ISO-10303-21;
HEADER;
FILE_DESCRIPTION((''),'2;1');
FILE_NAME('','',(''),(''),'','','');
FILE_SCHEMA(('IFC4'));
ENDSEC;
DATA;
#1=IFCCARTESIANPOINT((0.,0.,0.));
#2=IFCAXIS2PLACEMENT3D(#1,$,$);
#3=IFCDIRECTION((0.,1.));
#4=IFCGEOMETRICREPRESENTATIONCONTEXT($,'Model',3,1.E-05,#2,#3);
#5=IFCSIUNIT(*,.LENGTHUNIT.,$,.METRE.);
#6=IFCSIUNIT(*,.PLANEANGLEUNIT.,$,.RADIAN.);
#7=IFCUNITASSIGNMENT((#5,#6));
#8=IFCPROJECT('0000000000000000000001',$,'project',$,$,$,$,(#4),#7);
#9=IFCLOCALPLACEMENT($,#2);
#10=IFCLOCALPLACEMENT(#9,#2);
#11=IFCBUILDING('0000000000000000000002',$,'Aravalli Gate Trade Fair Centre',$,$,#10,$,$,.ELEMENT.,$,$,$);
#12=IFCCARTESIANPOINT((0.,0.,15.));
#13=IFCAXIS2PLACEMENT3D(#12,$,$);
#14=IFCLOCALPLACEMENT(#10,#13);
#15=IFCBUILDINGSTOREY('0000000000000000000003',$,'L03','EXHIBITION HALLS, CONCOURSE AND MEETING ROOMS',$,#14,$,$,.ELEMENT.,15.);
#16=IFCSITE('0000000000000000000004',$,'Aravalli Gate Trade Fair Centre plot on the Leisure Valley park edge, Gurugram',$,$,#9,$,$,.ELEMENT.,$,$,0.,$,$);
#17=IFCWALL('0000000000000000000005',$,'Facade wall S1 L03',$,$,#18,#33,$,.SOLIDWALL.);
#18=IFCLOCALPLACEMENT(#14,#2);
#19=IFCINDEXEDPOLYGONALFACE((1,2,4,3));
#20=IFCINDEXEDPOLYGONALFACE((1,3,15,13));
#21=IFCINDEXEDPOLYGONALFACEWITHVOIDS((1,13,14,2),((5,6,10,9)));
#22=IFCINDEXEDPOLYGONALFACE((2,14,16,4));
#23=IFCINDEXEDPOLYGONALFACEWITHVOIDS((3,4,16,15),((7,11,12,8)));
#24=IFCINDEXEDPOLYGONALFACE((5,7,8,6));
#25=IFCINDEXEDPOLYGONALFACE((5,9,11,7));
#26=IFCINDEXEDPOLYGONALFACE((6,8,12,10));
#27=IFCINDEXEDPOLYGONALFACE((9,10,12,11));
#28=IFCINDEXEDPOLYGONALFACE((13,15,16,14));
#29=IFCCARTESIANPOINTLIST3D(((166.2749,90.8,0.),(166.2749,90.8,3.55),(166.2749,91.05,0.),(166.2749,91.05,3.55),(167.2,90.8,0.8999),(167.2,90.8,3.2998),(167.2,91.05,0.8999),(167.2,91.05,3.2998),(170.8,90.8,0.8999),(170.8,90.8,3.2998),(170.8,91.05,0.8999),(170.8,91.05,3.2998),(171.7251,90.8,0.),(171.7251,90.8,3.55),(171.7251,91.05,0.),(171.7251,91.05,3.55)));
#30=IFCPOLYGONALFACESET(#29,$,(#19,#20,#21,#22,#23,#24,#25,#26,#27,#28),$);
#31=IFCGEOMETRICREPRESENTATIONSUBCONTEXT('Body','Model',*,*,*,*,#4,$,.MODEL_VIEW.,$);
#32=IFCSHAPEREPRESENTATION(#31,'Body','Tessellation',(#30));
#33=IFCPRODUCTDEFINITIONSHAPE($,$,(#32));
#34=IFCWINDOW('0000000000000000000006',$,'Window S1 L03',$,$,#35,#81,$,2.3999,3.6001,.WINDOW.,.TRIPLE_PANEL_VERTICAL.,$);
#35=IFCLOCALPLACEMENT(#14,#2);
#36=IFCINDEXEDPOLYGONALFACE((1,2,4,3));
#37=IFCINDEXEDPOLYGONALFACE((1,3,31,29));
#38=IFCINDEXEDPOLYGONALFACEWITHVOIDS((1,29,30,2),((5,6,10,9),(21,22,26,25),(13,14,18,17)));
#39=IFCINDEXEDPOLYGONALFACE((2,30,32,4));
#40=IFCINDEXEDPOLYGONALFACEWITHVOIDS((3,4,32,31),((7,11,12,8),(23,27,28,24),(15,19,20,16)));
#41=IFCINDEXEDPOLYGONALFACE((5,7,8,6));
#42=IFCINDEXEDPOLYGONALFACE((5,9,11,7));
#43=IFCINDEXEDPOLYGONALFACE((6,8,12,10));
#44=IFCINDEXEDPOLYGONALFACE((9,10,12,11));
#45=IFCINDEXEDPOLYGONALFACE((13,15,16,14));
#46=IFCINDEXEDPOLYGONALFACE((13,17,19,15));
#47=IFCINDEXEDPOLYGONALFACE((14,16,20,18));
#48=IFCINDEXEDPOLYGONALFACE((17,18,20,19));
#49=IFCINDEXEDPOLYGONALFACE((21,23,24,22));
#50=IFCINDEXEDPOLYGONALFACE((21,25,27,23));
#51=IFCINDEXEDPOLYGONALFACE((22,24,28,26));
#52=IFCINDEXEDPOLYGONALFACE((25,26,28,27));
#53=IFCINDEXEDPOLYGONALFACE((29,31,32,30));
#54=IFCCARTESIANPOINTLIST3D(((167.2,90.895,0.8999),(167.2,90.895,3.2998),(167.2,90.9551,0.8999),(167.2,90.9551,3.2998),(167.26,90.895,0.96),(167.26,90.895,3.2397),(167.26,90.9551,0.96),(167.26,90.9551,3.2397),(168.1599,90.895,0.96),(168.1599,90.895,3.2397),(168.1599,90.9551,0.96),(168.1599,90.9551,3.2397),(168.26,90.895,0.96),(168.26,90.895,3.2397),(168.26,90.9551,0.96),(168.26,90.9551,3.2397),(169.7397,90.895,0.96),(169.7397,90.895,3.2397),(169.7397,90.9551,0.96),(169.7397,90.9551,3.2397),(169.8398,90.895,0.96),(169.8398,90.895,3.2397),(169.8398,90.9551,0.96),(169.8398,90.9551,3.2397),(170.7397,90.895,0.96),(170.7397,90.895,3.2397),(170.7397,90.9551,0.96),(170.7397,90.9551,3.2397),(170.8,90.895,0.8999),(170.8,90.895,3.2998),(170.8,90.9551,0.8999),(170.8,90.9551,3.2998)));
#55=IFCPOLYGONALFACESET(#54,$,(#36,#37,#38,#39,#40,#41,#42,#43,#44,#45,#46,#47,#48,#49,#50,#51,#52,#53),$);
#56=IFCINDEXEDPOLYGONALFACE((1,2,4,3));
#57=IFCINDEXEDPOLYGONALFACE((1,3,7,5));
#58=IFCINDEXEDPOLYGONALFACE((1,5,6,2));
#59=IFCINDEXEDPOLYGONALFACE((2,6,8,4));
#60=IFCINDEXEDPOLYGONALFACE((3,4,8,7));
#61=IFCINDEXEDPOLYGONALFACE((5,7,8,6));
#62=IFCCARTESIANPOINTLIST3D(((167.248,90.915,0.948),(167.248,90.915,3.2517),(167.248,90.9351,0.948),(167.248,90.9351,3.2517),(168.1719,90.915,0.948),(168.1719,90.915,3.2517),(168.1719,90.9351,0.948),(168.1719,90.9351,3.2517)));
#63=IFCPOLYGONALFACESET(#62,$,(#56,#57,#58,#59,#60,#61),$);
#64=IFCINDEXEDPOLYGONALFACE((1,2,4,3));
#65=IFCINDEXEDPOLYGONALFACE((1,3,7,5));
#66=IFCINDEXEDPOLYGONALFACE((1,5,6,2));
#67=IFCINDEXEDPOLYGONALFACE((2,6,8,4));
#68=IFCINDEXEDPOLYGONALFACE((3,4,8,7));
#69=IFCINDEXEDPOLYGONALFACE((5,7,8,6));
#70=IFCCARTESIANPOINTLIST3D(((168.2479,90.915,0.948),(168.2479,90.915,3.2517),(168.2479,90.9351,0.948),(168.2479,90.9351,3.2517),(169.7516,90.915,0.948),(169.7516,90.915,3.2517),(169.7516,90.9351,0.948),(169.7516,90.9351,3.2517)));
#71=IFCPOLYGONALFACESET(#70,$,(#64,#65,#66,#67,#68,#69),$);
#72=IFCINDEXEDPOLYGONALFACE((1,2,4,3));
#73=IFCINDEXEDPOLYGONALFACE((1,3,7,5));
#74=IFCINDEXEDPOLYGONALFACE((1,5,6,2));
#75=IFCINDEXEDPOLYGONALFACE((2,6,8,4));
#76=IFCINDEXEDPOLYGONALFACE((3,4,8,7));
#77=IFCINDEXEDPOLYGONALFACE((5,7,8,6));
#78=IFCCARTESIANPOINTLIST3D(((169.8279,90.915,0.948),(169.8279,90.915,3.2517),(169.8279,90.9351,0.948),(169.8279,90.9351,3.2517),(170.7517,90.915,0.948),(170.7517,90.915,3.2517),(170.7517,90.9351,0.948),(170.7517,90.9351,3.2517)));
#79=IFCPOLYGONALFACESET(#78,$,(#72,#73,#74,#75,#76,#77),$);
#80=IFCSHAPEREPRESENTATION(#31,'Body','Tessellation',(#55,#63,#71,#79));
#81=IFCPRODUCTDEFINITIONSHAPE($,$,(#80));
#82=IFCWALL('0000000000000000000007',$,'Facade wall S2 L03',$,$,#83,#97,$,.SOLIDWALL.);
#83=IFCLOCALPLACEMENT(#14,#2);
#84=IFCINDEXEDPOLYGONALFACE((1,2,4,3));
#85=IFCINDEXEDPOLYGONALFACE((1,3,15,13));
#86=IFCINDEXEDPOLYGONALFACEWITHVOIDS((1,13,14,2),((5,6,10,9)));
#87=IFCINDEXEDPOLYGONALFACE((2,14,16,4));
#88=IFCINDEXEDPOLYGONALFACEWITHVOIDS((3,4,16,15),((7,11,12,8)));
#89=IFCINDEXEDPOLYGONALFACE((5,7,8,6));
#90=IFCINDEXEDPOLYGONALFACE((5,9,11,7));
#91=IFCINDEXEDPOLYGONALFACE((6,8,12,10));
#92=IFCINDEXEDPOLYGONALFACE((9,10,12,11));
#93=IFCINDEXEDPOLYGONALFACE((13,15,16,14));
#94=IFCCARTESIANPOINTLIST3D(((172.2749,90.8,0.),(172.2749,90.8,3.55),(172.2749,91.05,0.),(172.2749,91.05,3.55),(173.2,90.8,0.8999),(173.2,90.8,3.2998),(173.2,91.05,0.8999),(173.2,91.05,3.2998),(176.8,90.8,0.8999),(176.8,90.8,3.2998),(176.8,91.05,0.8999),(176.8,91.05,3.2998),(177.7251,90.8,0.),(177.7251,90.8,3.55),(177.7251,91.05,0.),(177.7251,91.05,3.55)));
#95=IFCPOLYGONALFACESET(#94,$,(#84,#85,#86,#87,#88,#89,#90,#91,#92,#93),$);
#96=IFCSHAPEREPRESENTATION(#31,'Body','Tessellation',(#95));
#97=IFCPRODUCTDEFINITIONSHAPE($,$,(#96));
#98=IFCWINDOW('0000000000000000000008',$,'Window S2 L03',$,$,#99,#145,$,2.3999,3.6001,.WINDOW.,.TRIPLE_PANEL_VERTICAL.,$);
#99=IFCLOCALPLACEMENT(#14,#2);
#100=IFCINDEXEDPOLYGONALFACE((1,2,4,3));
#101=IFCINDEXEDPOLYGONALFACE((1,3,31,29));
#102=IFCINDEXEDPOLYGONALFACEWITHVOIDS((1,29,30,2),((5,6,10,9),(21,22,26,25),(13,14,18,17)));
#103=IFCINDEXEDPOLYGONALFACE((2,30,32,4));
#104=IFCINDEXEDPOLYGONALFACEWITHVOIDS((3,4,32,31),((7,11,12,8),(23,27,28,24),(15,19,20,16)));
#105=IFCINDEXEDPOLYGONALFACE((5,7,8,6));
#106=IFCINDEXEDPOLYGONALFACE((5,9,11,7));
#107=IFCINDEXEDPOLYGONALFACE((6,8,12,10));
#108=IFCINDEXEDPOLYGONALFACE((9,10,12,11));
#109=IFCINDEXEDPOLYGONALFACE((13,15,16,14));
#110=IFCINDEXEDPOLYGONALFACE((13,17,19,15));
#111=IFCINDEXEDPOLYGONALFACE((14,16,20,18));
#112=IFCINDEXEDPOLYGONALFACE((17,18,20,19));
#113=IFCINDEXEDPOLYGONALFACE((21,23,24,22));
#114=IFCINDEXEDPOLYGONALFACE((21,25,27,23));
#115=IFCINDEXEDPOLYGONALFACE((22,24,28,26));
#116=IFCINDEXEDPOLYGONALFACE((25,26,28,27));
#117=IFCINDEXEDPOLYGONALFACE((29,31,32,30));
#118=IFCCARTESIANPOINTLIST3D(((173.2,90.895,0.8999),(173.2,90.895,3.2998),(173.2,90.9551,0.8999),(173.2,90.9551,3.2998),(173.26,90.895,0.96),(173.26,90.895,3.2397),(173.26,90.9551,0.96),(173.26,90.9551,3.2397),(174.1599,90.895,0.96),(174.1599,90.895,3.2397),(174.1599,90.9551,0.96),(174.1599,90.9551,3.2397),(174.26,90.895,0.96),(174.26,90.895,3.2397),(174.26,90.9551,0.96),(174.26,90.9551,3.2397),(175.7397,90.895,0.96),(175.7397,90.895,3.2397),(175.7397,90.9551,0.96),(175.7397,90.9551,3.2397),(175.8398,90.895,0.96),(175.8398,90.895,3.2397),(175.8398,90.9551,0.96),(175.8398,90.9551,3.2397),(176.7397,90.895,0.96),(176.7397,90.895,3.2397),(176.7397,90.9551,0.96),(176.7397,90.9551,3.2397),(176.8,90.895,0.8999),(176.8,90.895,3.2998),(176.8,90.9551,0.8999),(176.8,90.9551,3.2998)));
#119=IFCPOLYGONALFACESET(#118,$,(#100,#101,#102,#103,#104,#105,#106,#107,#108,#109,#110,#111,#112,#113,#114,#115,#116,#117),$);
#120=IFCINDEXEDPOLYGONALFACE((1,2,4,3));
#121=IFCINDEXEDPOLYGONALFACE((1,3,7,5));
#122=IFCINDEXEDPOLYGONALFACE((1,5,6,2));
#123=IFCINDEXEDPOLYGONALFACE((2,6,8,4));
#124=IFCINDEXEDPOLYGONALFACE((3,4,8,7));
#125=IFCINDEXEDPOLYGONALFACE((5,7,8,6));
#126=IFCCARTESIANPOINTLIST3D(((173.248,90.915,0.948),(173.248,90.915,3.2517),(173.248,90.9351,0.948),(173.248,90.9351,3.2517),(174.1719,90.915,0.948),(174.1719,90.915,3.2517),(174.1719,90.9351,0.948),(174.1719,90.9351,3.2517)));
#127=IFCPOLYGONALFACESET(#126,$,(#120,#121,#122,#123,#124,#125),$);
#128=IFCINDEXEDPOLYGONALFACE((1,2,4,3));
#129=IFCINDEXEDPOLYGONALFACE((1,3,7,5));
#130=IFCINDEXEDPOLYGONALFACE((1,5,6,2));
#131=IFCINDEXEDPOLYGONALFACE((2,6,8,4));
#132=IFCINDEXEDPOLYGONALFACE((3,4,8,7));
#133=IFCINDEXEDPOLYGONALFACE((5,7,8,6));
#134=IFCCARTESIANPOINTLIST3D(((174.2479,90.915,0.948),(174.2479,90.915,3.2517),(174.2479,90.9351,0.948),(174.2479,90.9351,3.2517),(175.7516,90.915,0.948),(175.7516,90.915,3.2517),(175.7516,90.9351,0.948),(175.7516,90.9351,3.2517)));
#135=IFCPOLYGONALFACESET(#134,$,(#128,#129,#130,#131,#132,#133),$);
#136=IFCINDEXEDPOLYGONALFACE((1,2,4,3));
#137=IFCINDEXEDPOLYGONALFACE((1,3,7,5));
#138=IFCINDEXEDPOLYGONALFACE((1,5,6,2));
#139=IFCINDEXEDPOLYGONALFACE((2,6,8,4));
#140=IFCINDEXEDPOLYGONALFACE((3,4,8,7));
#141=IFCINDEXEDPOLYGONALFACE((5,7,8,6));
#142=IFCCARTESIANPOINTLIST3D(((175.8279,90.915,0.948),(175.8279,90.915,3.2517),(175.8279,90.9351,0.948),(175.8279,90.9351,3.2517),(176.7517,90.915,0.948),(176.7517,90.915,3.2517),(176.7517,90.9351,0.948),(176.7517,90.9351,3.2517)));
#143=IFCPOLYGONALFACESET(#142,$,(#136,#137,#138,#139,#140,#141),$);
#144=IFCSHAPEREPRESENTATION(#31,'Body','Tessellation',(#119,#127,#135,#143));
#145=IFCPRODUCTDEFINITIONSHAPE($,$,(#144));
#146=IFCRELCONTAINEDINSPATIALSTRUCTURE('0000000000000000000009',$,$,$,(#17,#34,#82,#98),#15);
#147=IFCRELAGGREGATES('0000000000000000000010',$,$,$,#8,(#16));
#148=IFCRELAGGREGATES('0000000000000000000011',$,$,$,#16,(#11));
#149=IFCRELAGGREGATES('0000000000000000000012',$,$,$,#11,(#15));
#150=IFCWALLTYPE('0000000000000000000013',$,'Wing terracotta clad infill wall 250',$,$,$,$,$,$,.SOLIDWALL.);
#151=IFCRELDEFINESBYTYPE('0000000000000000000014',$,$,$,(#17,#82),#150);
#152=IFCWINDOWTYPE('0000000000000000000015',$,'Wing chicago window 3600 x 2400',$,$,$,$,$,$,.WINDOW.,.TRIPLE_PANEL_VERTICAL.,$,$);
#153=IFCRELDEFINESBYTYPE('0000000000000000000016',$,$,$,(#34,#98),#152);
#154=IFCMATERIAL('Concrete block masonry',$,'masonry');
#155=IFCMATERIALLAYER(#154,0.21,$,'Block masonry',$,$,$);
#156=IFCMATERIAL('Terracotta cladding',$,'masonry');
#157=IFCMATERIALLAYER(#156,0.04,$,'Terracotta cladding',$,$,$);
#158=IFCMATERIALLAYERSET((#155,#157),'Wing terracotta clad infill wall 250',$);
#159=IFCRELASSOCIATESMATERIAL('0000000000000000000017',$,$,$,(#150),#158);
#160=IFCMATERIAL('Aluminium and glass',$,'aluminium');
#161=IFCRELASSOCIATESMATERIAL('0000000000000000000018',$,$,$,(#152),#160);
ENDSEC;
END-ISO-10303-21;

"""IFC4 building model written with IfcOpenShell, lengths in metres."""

from ifc_helpers import new_model, si_unit, direction, frame, frame_2d, origin, place, context, subcontext, project, spatial, polyline, rectangle, outline, extrude, material, layer, layer_set, type_object, element, fill, save


model = new_model("IFC4")

# Units and contexts
model_context = context("Model", 3, precision=1e-05, world=origin(), true_north=direction((0.0, 1.0)))
body_context = subcontext(model_context, "Body", "Model", "MODEL_VIEW")
ifc_project = project(units=[si_unit("LENGTHUNIT", "METRE"), si_unit("PLANEANGLEUNIT", "RADIAN")], contexts=[model_context])

# Site, building, storey
site_placement = place(None, origin())
site = spatial("IfcSite", under=ifc_project, at=site_placement, Name="Aravalli Gate Trade Fair Centre plot on the Leisure Valley park edge, Gurugram", CompositionType="ELEMENT", RefElevation=0.0)
building_placement = place(site_placement, origin())
building = spatial("IfcBuilding", under=site, at=building_placement, Name="Aravalli Gate Trade Fair Centre", CompositionType="ELEMENT")
storey_placement = place(building_placement, frame((0.0, 0.0, 15.0)))
storey = spatial("IfcBuildingStorey", under=building, at=storey_placement, Name="L03", Description="EXHIBITION HALLS, CONCOURSE AND MEETING ROOMS", CompositionType="ELEMENT", Elevation=15.0)

# Walls, openings, windows
ifc_material_1 = material(Name="Concrete block masonry", Category="masonry")
ifc_layer_1 = layer(ifc_material_1, 0.21, Name="Block masonry")
ifc_material_2 = material(Name="Terracotta cladding", Category="masonry")
ifc_layer_2 = layer(ifc_material_2, 0.04, Name="Terracotta cladding")
ifc_layer_set_1 = layer_set([ifc_layer_1, ifc_layer_2], Name="Wing terracotta clad infill wall 250")
wall_type = type_object("IfcWallType", Name="Wing terracotta clad infill wall 250", PredefinedType="SOLIDWALL", material=ifc_layer_set_1)
ifc_material_3 = material(Name="Aluminium and glass", Category="aluminium")
window_type = type_object("IfcWindowType", Name="Wing chicago window 3600 x 2400", PartitioningType="TRIPLE_PANEL_VERTICAL", PredefinedType="WINDOW", material=ifc_material_3)
wall_1_placement = place(storey_placement, frame((166.2749, 90.925, 0.0), z_axis=(0.0, 0.0, 1.0), x_axis=(1.0, 0.0, 0.0)))
wall_1 = element("IfcWall", 1, at=wall_1_placement, inside=storey, type_object=wall_type, Name="Facade wall S1 L03", PredefinedType="SOLIDWALL", context=body_context, shape_type="SweptSolid", body=[
    extrude(rectangle(XDim=5.4502, YDim=0.25, at=frame_2d((2.7251, 0.0))), origin(), (0.0, 0.0, 1.0), 3.55),
])
opening_1_placement = place(wall_1_placement, frame((0.925, 0.0, 0.8999)))
opening_1 = element("IfcOpeningElement", 2, at=opening_1_placement, cuts=wall_1, PredefinedType="OPENING", context=body_context, shape_type="SweptSolid", body=[
    extrude(rectangle(XDim=3.6001, YDim=2.3999, at=frame_2d((1.8, 1.2))), frame((0.0, 0.135, 0.0), z_axis=(0.0, -1.0, 0.0), x_axis=(1.0, 0.0, 0.0)), (0.0, 0.0, 1.0), 0.27),
])
window_1_placement = place(opening_1_placement, origin())
window_1 = element("IfcWindow", 3, at=window_1_placement, inside=storey, type_object=window_type, Name="Window S1 L03", OverallHeight=2.3999, OverallWidth=3.6001, PartitioningType="TRIPLE_PANEL_VERTICAL", PredefinedType="WINDOW", context=body_context, shape_type="SweptSolid", body=[
    extrude(outline(polyline([(0.0, 0.0), (3.6001, 0.0), (3.6001, 2.3999), (0.0, 2.3999), (0.0, 0.0)]), holes=[polyline([(0.0601, 0.0601), (0.96, 0.0601), (0.96, 2.3398), (0.0601, 2.3398), (0.0601, 0.0601)]), polyline([(1.0601, 0.0601), (2.5398, 0.0601), (2.5398, 2.3398), (1.0601, 2.3398), (1.0601, 0.0601)]), polyline([(2.6399, 0.0601), (3.5398, 0.0601), (3.5398, 2.3398), (2.6399, 2.3398), (2.6399, 0.0601)])]), frame((0.0, 0.03, 0.0), z_axis=(0.0, -1.0, 0.0), x_axis=(1.0, 0.0, 0.0)), (0.0, 0.0, 1.0), 0.0601),
    extrude(rectangle(XDim=0.9238, YDim=2.3037, at=frame_2d((0.51, 1.2))), frame((0.0, 0.01, 0.0), z_axis=(0.0, -1.0, 0.0), x_axis=(1.0, 0.0, 0.0)), (0.0, 0.0, 1.0), 0.02),
    extrude(rectangle(XDim=1.5037, YDim=2.3037, at=frame_2d((1.7998, 1.2))), frame((0.0, 0.01, 0.0), z_axis=(0.0, -1.0, 0.0), x_axis=(1.0, 0.0, 0.0)), (0.0, 0.0, 1.0), 0.02),
    extrude(rectangle(XDim=0.9238, YDim=2.3037, at=frame_2d((3.0898, 1.2))), frame((0.0, 0.01, 0.0), z_axis=(0.0, -1.0, 0.0), x_axis=(1.0, 0.0, 0.0)), (0.0, 0.0, 1.0), 0.02),
])
fill(opening_1, window_1)
wall_2_placement = place(storey_placement, frame((172.2749, 90.925, 0.0), z_axis=(0.0, 0.0, 1.0), x_axis=(1.0, 0.0, 0.0)))
wall_2 = element("IfcWall", 4, at=wall_2_placement, inside=storey, type_object=wall_type, Name="Facade wall S2 L03", PredefinedType="SOLIDWALL", context=body_context, shape_type="SweptSolid", body=[
    extrude(rectangle(XDim=5.4502, YDim=0.25, at=frame_2d((2.7251, 0.0))), origin(), (0.0, 0.0, 1.0), 3.55),
])
opening_2_placement = place(wall_2_placement, frame((0.925, 0.0, 0.8999)))
opening_2 = element("IfcOpeningElement", 5, at=opening_2_placement, cuts=wall_2, PredefinedType="OPENING", context=body_context, shape_type="SweptSolid", body=[
    extrude(rectangle(XDim=3.6001, YDim=2.3999, at=frame_2d((1.8, 1.2))), frame((0.0, 0.135, 0.0), z_axis=(0.0, -1.0, 0.0), x_axis=(1.0, 0.0, 0.0)), (0.0, 0.0, 1.0), 0.27),
])
window_2_placement = place(opening_2_placement, origin())
window_2 = element("IfcWindow", 6, at=window_2_placement, inside=storey, type_object=window_type, Name="Window S2 L03", OverallHeight=2.3999, OverallWidth=3.6001, PartitioningType="TRIPLE_PANEL_VERTICAL", PredefinedType="WINDOW", context=body_context, shape_type="SweptSolid", body=[
    extrude(outline(polyline([(0.0, 0.0), (3.6001, 0.0), (3.6001, 2.3999), (0.0, 2.3999), (0.0, 0.0)]), holes=[polyline([(0.0601, 0.0601), (0.96, 0.0601), (0.96, 2.3398), (0.0601, 2.3398), (0.0601, 0.0601)]), polyline([(1.0601, 0.0601), (2.5398, 0.0601), (2.5398, 2.3398), (1.0601, 2.3398), (1.0601, 0.0601)]), polyline([(2.6399, 0.0601), (3.5398, 0.0601), (3.5398, 2.3398), (2.6399, 2.3398), (2.6399, 0.0601)])]), frame((0.0, 0.03, 0.0), z_axis=(0.0, -1.0, 0.0), x_axis=(1.0, 0.0, 0.0)), (0.0, 0.0, 1.0), 0.0601),
    extrude(rectangle(XDim=0.9238, YDim=2.3037, at=frame_2d((0.51, 1.2))), frame((0.0, 0.01, 0.0), z_axis=(0.0, -1.0, 0.0), x_axis=(1.0, 0.0, 0.0)), (0.0, 0.0, 1.0), 0.02),
    extrude(rectangle(XDim=1.5037, YDim=2.3037, at=frame_2d((1.7998, 1.2))), frame((0.0, 0.01, 0.0), z_axis=(0.0, -1.0, 0.0), x_axis=(1.0, 0.0, 0.0)), (0.0, 0.0, 1.0), 0.02),
    extrude(rectangle(XDim=0.9238, YDim=2.3037, at=frame_2d((3.0898, 1.2))), frame((0.0, 0.01, 0.0), z_axis=(0.0, -1.0, 0.0), x_axis=(1.0, 0.0, 0.0)), (0.0, 0.0, 1.0), 0.02),
])
fill(opening_2, window_2)

save(model, "model.ifc")
